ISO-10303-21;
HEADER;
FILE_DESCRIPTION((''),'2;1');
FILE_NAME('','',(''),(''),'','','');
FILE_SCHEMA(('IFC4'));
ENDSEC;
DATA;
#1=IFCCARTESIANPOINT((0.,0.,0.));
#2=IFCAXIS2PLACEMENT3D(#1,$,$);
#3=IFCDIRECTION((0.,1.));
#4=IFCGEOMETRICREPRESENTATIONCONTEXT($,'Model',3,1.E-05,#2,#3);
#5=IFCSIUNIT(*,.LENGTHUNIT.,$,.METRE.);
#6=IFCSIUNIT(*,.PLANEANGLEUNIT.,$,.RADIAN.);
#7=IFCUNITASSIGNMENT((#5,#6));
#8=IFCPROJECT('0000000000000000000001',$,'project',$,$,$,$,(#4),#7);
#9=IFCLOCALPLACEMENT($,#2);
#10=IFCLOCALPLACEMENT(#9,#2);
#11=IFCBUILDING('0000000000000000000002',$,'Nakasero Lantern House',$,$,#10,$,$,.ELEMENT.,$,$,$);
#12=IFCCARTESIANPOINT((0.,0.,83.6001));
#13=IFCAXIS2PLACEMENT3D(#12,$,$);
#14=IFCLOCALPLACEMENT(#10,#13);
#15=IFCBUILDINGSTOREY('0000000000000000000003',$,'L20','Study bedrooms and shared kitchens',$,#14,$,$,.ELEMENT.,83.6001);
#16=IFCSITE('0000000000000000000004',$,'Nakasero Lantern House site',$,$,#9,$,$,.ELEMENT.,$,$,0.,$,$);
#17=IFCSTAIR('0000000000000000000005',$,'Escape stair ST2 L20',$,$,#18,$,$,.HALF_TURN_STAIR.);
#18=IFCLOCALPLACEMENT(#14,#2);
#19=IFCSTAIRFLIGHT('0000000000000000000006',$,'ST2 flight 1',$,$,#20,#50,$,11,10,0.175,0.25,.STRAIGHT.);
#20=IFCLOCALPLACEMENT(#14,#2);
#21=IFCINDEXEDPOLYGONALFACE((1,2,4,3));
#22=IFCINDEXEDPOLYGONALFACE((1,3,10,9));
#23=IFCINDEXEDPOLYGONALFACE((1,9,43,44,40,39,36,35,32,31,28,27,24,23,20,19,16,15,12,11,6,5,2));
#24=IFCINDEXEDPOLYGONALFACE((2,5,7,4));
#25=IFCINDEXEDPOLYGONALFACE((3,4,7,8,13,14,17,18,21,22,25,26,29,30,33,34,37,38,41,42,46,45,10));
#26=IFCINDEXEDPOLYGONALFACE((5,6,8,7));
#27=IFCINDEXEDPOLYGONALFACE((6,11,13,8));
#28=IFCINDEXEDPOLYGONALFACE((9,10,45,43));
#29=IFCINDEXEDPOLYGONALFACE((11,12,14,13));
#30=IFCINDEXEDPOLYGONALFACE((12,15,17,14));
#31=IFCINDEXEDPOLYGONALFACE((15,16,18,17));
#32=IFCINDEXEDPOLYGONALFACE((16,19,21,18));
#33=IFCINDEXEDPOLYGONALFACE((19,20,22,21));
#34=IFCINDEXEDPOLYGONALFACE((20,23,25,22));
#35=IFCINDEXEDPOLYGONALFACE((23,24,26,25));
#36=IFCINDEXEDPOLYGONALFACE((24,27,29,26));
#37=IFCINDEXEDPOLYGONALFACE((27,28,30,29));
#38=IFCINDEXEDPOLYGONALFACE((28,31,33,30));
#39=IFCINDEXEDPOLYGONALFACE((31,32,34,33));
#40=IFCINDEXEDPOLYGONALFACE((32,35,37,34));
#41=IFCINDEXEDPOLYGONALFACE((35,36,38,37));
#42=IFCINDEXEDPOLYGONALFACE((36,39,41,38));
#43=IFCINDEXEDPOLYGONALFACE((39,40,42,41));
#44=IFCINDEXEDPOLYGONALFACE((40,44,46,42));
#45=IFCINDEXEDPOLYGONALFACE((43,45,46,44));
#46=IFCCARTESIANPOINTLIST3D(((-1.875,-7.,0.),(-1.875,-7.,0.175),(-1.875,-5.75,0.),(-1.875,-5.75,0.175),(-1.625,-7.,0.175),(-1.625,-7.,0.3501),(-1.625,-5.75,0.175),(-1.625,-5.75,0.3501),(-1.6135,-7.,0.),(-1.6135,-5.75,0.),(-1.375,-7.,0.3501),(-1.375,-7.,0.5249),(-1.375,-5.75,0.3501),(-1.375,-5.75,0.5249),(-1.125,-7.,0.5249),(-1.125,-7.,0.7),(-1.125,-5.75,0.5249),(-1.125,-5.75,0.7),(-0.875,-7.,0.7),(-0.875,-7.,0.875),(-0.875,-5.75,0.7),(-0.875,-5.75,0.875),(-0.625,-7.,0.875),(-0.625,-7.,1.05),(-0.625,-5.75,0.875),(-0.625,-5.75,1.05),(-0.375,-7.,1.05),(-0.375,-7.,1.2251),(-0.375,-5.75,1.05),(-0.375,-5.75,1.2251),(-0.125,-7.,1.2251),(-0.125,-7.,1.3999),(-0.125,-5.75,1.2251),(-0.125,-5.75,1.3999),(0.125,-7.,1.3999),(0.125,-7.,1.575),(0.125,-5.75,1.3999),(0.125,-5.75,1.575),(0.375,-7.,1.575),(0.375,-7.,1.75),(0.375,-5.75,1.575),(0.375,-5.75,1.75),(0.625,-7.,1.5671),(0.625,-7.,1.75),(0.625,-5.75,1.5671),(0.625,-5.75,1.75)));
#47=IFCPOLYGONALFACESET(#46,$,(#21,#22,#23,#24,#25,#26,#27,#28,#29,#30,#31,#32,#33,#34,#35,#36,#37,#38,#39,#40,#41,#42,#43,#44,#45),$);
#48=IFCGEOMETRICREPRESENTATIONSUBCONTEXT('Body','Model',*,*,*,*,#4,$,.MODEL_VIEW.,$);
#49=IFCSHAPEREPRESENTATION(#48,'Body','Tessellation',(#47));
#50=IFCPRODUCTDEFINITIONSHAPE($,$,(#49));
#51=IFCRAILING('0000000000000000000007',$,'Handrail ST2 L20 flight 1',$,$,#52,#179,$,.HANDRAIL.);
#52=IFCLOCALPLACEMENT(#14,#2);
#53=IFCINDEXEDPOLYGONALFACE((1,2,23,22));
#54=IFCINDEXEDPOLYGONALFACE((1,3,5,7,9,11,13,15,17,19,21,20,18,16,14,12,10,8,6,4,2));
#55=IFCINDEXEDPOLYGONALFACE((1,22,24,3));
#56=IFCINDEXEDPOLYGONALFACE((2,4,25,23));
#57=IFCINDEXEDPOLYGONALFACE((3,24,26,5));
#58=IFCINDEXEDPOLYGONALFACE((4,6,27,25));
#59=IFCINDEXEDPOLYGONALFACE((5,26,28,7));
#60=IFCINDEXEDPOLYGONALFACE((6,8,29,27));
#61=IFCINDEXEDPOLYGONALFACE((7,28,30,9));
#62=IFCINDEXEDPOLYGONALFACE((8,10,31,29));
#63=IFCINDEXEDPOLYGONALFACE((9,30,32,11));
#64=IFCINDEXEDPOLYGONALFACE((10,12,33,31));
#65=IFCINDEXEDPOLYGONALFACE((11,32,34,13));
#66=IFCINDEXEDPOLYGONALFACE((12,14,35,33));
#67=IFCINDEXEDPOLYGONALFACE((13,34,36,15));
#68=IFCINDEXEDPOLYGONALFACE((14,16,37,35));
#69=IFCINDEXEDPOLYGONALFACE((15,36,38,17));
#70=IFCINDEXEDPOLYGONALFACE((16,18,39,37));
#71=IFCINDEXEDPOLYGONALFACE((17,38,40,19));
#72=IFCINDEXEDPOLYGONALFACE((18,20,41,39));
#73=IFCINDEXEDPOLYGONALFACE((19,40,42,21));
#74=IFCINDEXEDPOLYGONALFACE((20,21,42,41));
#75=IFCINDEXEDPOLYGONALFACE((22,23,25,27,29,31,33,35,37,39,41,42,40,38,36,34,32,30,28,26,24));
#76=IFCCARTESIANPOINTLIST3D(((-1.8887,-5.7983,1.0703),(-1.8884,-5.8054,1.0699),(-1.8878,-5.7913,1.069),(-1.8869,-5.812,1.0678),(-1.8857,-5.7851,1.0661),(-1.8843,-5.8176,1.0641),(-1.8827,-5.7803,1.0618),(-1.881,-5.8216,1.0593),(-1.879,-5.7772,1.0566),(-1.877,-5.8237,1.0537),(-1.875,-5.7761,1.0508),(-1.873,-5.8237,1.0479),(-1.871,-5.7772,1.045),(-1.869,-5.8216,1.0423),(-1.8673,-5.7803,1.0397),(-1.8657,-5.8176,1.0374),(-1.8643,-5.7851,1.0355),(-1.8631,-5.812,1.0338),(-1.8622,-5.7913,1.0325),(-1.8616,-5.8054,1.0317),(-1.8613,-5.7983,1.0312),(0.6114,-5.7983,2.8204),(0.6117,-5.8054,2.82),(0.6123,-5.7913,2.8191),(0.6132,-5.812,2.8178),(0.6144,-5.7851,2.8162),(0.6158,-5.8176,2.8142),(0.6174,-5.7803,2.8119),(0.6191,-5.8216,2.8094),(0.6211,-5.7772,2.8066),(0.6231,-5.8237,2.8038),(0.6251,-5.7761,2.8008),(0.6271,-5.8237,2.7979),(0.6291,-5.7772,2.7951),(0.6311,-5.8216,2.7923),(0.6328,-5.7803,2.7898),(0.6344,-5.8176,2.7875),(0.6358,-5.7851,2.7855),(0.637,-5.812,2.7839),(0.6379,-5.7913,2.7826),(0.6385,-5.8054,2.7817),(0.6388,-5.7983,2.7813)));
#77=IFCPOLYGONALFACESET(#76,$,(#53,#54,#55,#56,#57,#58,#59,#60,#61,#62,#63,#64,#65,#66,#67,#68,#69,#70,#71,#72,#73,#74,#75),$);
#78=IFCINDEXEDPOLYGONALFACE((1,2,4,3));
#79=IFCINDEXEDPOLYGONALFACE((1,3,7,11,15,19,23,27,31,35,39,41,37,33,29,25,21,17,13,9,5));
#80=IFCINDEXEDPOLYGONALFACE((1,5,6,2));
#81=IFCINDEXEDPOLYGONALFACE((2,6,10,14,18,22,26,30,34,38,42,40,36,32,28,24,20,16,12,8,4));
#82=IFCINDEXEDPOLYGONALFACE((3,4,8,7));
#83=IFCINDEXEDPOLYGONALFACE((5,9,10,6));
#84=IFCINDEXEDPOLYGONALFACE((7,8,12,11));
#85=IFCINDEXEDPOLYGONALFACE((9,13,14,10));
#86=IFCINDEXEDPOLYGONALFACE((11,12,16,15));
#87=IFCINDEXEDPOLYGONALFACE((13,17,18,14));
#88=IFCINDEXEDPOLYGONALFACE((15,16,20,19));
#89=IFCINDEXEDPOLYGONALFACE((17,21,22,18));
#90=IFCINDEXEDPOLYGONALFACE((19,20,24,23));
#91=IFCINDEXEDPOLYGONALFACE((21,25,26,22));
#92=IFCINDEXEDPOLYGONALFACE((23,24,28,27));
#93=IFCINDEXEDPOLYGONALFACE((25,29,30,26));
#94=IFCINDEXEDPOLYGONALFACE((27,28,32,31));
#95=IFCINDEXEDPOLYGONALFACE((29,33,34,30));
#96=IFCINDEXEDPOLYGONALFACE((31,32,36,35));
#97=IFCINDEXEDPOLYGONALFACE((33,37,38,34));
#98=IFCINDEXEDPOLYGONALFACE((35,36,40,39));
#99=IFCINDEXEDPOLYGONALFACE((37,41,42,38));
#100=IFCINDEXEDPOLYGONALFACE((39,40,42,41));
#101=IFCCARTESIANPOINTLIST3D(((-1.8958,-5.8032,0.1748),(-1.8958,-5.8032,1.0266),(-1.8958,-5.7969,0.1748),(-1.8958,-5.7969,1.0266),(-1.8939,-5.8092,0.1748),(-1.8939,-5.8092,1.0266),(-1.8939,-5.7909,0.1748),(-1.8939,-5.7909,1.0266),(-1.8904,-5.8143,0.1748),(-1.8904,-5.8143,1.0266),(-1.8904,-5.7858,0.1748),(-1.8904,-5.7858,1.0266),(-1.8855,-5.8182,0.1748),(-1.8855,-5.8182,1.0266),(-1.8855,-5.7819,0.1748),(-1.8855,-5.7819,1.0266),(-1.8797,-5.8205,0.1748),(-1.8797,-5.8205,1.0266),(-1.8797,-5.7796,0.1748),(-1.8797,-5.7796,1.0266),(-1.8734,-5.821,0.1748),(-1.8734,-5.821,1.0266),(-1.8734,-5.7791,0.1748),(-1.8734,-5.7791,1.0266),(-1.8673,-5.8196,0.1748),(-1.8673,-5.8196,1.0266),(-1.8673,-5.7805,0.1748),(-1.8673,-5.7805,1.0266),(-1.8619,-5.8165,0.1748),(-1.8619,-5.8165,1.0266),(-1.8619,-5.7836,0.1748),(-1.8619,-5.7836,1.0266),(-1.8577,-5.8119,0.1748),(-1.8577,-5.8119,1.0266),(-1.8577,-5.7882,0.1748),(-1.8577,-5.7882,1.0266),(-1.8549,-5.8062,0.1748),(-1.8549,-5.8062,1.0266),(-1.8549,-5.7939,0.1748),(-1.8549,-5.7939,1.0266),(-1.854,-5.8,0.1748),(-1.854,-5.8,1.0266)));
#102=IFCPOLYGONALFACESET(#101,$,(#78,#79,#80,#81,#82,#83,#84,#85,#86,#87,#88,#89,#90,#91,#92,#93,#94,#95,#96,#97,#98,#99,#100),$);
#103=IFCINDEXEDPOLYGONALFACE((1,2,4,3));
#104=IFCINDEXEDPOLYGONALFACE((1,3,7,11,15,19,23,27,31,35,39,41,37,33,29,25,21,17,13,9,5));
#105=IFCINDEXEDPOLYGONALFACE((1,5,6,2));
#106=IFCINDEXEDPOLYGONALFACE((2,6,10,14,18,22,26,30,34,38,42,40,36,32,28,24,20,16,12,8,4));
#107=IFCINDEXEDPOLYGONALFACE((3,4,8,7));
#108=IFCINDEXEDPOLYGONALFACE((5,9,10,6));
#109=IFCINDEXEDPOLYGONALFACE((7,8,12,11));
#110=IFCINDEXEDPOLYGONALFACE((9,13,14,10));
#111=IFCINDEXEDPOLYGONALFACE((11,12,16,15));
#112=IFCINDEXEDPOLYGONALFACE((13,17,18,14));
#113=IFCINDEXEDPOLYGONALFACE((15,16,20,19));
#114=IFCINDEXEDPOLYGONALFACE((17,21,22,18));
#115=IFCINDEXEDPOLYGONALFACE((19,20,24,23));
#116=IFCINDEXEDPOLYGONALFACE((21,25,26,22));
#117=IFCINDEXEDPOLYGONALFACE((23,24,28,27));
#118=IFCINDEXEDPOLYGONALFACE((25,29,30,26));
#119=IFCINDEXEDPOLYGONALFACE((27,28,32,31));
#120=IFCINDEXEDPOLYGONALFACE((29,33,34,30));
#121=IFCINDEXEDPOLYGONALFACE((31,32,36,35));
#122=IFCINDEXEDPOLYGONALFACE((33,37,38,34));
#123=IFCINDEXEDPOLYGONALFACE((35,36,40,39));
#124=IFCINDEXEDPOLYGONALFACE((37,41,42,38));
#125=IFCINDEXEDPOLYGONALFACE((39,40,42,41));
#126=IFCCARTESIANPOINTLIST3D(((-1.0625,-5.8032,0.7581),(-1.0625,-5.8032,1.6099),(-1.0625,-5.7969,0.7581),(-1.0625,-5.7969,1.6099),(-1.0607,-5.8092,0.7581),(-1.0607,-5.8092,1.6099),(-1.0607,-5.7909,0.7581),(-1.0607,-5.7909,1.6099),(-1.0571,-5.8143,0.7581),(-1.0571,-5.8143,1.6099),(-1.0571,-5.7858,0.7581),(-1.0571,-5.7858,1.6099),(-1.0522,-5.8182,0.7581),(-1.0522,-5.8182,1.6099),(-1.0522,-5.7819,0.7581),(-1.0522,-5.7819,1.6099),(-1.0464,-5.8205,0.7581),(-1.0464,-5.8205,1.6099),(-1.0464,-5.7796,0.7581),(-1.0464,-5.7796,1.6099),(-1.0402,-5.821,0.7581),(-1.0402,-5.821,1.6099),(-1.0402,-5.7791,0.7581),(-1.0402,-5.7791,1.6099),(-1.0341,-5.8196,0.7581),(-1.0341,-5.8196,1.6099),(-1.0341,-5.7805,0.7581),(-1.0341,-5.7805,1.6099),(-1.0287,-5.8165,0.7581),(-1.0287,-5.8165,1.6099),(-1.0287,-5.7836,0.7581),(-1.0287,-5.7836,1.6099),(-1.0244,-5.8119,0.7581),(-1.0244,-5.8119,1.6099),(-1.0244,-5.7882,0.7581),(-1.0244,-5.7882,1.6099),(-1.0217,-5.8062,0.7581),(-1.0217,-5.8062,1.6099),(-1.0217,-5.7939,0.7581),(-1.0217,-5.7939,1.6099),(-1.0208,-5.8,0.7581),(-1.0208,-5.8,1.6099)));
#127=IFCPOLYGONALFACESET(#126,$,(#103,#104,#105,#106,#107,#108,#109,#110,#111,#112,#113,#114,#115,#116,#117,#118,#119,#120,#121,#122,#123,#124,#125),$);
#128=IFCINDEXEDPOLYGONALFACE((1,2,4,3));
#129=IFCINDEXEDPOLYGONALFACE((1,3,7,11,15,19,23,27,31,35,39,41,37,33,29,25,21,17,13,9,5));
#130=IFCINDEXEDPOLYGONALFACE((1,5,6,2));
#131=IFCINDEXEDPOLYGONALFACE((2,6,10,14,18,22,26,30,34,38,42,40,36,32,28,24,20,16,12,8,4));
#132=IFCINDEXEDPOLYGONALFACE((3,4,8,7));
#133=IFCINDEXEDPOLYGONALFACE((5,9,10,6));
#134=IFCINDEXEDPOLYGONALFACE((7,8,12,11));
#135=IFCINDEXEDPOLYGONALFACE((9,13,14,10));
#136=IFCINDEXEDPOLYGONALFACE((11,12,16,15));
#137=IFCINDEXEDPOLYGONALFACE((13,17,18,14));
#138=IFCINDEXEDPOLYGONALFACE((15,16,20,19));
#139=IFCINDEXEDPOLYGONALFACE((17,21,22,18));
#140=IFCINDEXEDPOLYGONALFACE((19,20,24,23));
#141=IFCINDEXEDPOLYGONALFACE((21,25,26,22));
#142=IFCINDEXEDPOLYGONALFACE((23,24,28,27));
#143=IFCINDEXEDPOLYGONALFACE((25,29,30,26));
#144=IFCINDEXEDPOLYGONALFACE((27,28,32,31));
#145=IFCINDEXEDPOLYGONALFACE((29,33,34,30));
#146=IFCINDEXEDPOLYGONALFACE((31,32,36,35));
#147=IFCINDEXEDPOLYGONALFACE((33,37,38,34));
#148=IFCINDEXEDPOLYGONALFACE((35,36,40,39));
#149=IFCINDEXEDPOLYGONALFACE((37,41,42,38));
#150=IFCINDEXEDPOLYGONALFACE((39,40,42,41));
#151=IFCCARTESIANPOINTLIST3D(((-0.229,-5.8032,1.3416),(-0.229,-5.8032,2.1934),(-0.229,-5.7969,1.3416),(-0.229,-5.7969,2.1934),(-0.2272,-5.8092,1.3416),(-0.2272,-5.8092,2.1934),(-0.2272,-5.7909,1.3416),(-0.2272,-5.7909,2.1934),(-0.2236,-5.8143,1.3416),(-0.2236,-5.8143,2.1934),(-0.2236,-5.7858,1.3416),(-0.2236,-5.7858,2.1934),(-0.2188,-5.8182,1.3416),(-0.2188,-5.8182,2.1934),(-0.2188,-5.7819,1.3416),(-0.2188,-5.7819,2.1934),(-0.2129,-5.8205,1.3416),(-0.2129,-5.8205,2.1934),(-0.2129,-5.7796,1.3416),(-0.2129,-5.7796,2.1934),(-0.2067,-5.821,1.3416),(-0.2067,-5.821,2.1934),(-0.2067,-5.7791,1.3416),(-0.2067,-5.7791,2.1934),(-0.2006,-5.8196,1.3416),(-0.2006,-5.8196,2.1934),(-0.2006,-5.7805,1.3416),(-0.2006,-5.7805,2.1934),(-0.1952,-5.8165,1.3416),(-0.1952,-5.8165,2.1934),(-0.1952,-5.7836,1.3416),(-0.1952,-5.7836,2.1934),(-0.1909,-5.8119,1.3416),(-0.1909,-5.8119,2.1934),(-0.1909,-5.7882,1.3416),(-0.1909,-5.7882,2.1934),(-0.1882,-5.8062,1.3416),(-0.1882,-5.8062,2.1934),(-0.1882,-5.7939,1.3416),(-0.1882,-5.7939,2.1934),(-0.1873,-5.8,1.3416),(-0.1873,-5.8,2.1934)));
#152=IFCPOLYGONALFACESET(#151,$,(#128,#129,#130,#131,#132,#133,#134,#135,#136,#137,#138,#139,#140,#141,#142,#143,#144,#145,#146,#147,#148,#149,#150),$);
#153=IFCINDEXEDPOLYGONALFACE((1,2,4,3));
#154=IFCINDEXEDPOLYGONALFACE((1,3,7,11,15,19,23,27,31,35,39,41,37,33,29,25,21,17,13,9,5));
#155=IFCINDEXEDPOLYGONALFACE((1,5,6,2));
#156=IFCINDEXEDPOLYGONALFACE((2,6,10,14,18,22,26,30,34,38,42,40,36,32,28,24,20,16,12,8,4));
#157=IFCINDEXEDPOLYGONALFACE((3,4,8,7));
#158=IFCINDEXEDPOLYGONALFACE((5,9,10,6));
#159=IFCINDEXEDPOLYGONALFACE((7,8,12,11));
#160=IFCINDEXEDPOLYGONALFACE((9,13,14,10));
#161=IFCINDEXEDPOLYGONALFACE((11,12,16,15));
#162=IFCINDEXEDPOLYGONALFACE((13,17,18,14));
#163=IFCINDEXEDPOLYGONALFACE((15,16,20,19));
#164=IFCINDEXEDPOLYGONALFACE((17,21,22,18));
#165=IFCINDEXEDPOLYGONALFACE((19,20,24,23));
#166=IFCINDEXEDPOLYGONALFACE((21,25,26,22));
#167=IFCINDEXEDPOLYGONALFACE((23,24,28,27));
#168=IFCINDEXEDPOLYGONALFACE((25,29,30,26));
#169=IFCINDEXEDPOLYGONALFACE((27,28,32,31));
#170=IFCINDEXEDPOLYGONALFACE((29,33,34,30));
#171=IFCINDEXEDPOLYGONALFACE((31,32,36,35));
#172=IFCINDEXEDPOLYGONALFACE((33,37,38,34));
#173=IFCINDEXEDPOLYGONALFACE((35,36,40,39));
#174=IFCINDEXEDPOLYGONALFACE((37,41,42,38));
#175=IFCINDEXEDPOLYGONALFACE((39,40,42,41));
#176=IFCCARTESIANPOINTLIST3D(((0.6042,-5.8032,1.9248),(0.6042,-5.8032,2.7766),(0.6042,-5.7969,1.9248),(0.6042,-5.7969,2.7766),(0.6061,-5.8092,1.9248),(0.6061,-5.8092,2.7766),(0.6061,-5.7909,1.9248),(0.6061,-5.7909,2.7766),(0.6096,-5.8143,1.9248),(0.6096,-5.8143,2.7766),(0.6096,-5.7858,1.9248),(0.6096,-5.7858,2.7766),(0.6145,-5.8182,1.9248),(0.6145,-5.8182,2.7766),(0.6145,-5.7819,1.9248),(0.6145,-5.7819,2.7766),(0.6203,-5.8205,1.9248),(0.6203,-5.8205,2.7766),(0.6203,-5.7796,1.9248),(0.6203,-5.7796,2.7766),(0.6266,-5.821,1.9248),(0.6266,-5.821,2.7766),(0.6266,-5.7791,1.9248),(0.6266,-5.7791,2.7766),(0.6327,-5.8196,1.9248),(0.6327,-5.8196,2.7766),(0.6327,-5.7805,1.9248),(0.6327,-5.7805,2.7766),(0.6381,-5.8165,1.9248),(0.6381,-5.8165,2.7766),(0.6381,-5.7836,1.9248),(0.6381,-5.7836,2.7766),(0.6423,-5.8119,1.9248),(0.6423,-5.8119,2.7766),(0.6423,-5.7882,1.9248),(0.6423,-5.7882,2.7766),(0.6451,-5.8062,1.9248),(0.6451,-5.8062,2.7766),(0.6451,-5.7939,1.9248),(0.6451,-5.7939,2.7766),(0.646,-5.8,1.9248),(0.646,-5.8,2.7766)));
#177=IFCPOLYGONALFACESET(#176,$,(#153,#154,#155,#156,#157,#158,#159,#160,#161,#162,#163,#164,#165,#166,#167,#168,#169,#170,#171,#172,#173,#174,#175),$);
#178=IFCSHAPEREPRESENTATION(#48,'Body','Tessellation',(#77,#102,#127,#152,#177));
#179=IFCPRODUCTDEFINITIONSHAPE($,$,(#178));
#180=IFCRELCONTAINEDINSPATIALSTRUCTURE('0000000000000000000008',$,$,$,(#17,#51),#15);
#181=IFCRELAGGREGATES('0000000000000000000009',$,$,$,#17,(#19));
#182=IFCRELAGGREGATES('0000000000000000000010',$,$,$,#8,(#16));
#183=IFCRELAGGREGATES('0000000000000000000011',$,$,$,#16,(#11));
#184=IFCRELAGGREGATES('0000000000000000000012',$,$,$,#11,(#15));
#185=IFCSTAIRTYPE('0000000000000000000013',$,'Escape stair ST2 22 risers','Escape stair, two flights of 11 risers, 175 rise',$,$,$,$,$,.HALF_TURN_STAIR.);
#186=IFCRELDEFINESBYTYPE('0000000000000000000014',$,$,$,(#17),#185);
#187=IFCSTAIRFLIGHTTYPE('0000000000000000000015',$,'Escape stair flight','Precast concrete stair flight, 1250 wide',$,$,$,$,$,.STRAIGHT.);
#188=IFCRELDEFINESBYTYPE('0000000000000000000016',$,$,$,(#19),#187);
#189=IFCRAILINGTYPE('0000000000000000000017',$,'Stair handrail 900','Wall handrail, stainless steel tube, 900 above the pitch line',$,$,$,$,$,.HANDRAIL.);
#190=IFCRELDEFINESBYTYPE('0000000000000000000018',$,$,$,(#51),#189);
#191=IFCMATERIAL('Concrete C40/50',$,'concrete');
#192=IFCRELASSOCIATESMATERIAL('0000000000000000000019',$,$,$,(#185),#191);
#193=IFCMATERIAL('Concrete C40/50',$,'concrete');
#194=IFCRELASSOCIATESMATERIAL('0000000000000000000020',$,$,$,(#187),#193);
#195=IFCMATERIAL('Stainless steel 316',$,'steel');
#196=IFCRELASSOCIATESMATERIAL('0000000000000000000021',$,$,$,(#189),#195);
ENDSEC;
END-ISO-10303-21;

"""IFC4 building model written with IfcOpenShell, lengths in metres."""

from ifc_helpers import new_model, si_unit, direction, frame, origin, origin_2d, place, context, subcontext, project, spatial, polyline, circle, outline, extrude, material, type_object, element, aggregate, save


model = new_model("IFC4")

# Units and contexts
model_context = context("Model", 3, precision=1e-05, world=origin(), true_north=direction((0.0, 1.0)))
body_context = subcontext(model_context, "Body", "Model", "MODEL_VIEW")
ifc_project = project(units=[si_unit("LENGTHUNIT", "METRE"), si_unit("PLANEANGLEUNIT", "RADIAN")], contexts=[model_context])

# Site, building, storey
site_placement = place(None, origin())
site = spatial("IfcSite", under=ifc_project, at=site_placement, Name="Nakasero Lantern House site", CompositionType="ELEMENT", RefElevation=0.0)
building_placement = place(site_placement, origin())
building = spatial("IfcBuilding", under=site, at=building_placement, Name="Nakasero Lantern House", CompositionType="ELEMENT")
storey_placement = place(building_placement, frame((0.0, 0.0, 83.6001)))
storey = spatial("IfcBuildingStorey", under=building, at=storey_placement, Name="L20", Description="Study bedrooms and shared kitchens", CompositionType="ELEMENT", Elevation=83.6001)

# Stair, stair flight
ifc_material_1 = material(Name="Concrete C40/50", Category="concrete")
stair_type = type_object("IfcStairType", Name="Escape stair ST2 22 risers", Description="Escape stair, two flights of 11 risers, 175 rise", PredefinedType="HALF_TURN_STAIR", material=ifc_material_1)
stair_placement = place(storey_placement, origin())
stair = element("IfcStair", 1, at=stair_placement, inside=storey, type_object=stair_type, Name="Escape stair ST2 L20", PredefinedType="HALF_TURN_STAIR")
ifc_material_2 = material(Name="Concrete C40/50", Category="concrete")
stair_flight_type = type_object("IfcStairFlightType", Name="Escape stair flight", Description="Precast concrete stair flight, 1250 wide", PredefinedType="STRAIGHT", material=ifc_material_2)
stair_flight_placement = place(storey_placement, frame((-1.875, -6.375, 0.0), z_axis=(0.0, 0.0, 1.0), x_axis=(1.0, 0.0, 0.0)))
stair_flight = element("IfcStairFlight", 2, at=stair_flight_placement, type_object=stair_flight_type, Name="ST2 flight 1", NumberOfRisers=11, NumberOfTreads=10, PredefinedType="STRAIGHT", RiserHeight=0.175, TreadLength=0.25, context=body_context, shape_type="SweptSolid", body=[
    extrude(outline(polyline([(0.0, 0.0), (0.0, 0.175), (0.25, 0.175), (0.25, 0.3501), (0.5, 0.3501), (0.5, 0.5249), (0.75, 0.5249), (0.75, 0.7), (1.0, 0.7), (1.0, 0.875), (1.25, 0.875), (1.25, 1.05), (1.5, 1.05), (1.5, 1.2251), (1.75, 1.2251), (1.75, 1.3999), (2.0, 1.3999), (2.0, 1.575), (2.25, 1.575), (2.25, 1.75), (2.5, 1.75), (2.5, 1.925), (2.5, 1.5671), (0.2615, 0.0), (0.0, 0.0)])), frame((0.0, 0.625, 0.0), z_axis=(0.0, -1.0, 0.0), x_axis=(1.0, 0.0, 0.0)), (0.0, 0.0, 1.0), 1.25),
])
aggregate(stair, [stair_flight])

# Railing
ifc_material_3 = material(Name="Stainless steel 316", Category="steel")
railing_type = type_object("IfcRailingType", Name="Stair handrail 900", Description="Wall handrail, stainless steel tube, 900 above the pitch line", PredefinedType="HANDRAIL", material=ifc_material_3)
railing_placement = place(storey_placement, frame((-1.875, -5.8, 0.1748)))
element("IfcRailing", 3, at=railing_placement, inside=storey, type_object=railing_type, Name="Handrail ST2 L20 flight 1", PredefinedType="HANDRAIL", context=body_context, shape_type="SweptSolid", body=[
    extrude(circle(Radius=0.0239, at=origin_2d()), frame((0.0, 0.0, 0.876), z_axis=(0.819232, 0.0, 0.573462), x_axis=(0.0, 1.0, 0.0)), (0.0, 0.0, 1.0), 3.0518),
    extrude(circle(Radius=0.021, at=origin_2d()), origin(), (0.0, 0.0, 1.0), 0.8518),
    extrude(circle(Radius=0.021, at=origin_2d()), frame((0.8333, 0.0, 0.5833)), (0.0, 0.0, 1.0), 0.8518),
    extrude(circle(Radius=0.021, at=origin_2d()), frame((1.6667, 0.0, 1.1667)), (0.0, 0.0, 1.0), 0.8518),
    extrude(circle(Radius=0.021, at=origin_2d()), frame((2.5, 0.0, 1.75)), (0.0, 0.0, 1.0), 0.8518),
])

save(model, "model.ifc")
